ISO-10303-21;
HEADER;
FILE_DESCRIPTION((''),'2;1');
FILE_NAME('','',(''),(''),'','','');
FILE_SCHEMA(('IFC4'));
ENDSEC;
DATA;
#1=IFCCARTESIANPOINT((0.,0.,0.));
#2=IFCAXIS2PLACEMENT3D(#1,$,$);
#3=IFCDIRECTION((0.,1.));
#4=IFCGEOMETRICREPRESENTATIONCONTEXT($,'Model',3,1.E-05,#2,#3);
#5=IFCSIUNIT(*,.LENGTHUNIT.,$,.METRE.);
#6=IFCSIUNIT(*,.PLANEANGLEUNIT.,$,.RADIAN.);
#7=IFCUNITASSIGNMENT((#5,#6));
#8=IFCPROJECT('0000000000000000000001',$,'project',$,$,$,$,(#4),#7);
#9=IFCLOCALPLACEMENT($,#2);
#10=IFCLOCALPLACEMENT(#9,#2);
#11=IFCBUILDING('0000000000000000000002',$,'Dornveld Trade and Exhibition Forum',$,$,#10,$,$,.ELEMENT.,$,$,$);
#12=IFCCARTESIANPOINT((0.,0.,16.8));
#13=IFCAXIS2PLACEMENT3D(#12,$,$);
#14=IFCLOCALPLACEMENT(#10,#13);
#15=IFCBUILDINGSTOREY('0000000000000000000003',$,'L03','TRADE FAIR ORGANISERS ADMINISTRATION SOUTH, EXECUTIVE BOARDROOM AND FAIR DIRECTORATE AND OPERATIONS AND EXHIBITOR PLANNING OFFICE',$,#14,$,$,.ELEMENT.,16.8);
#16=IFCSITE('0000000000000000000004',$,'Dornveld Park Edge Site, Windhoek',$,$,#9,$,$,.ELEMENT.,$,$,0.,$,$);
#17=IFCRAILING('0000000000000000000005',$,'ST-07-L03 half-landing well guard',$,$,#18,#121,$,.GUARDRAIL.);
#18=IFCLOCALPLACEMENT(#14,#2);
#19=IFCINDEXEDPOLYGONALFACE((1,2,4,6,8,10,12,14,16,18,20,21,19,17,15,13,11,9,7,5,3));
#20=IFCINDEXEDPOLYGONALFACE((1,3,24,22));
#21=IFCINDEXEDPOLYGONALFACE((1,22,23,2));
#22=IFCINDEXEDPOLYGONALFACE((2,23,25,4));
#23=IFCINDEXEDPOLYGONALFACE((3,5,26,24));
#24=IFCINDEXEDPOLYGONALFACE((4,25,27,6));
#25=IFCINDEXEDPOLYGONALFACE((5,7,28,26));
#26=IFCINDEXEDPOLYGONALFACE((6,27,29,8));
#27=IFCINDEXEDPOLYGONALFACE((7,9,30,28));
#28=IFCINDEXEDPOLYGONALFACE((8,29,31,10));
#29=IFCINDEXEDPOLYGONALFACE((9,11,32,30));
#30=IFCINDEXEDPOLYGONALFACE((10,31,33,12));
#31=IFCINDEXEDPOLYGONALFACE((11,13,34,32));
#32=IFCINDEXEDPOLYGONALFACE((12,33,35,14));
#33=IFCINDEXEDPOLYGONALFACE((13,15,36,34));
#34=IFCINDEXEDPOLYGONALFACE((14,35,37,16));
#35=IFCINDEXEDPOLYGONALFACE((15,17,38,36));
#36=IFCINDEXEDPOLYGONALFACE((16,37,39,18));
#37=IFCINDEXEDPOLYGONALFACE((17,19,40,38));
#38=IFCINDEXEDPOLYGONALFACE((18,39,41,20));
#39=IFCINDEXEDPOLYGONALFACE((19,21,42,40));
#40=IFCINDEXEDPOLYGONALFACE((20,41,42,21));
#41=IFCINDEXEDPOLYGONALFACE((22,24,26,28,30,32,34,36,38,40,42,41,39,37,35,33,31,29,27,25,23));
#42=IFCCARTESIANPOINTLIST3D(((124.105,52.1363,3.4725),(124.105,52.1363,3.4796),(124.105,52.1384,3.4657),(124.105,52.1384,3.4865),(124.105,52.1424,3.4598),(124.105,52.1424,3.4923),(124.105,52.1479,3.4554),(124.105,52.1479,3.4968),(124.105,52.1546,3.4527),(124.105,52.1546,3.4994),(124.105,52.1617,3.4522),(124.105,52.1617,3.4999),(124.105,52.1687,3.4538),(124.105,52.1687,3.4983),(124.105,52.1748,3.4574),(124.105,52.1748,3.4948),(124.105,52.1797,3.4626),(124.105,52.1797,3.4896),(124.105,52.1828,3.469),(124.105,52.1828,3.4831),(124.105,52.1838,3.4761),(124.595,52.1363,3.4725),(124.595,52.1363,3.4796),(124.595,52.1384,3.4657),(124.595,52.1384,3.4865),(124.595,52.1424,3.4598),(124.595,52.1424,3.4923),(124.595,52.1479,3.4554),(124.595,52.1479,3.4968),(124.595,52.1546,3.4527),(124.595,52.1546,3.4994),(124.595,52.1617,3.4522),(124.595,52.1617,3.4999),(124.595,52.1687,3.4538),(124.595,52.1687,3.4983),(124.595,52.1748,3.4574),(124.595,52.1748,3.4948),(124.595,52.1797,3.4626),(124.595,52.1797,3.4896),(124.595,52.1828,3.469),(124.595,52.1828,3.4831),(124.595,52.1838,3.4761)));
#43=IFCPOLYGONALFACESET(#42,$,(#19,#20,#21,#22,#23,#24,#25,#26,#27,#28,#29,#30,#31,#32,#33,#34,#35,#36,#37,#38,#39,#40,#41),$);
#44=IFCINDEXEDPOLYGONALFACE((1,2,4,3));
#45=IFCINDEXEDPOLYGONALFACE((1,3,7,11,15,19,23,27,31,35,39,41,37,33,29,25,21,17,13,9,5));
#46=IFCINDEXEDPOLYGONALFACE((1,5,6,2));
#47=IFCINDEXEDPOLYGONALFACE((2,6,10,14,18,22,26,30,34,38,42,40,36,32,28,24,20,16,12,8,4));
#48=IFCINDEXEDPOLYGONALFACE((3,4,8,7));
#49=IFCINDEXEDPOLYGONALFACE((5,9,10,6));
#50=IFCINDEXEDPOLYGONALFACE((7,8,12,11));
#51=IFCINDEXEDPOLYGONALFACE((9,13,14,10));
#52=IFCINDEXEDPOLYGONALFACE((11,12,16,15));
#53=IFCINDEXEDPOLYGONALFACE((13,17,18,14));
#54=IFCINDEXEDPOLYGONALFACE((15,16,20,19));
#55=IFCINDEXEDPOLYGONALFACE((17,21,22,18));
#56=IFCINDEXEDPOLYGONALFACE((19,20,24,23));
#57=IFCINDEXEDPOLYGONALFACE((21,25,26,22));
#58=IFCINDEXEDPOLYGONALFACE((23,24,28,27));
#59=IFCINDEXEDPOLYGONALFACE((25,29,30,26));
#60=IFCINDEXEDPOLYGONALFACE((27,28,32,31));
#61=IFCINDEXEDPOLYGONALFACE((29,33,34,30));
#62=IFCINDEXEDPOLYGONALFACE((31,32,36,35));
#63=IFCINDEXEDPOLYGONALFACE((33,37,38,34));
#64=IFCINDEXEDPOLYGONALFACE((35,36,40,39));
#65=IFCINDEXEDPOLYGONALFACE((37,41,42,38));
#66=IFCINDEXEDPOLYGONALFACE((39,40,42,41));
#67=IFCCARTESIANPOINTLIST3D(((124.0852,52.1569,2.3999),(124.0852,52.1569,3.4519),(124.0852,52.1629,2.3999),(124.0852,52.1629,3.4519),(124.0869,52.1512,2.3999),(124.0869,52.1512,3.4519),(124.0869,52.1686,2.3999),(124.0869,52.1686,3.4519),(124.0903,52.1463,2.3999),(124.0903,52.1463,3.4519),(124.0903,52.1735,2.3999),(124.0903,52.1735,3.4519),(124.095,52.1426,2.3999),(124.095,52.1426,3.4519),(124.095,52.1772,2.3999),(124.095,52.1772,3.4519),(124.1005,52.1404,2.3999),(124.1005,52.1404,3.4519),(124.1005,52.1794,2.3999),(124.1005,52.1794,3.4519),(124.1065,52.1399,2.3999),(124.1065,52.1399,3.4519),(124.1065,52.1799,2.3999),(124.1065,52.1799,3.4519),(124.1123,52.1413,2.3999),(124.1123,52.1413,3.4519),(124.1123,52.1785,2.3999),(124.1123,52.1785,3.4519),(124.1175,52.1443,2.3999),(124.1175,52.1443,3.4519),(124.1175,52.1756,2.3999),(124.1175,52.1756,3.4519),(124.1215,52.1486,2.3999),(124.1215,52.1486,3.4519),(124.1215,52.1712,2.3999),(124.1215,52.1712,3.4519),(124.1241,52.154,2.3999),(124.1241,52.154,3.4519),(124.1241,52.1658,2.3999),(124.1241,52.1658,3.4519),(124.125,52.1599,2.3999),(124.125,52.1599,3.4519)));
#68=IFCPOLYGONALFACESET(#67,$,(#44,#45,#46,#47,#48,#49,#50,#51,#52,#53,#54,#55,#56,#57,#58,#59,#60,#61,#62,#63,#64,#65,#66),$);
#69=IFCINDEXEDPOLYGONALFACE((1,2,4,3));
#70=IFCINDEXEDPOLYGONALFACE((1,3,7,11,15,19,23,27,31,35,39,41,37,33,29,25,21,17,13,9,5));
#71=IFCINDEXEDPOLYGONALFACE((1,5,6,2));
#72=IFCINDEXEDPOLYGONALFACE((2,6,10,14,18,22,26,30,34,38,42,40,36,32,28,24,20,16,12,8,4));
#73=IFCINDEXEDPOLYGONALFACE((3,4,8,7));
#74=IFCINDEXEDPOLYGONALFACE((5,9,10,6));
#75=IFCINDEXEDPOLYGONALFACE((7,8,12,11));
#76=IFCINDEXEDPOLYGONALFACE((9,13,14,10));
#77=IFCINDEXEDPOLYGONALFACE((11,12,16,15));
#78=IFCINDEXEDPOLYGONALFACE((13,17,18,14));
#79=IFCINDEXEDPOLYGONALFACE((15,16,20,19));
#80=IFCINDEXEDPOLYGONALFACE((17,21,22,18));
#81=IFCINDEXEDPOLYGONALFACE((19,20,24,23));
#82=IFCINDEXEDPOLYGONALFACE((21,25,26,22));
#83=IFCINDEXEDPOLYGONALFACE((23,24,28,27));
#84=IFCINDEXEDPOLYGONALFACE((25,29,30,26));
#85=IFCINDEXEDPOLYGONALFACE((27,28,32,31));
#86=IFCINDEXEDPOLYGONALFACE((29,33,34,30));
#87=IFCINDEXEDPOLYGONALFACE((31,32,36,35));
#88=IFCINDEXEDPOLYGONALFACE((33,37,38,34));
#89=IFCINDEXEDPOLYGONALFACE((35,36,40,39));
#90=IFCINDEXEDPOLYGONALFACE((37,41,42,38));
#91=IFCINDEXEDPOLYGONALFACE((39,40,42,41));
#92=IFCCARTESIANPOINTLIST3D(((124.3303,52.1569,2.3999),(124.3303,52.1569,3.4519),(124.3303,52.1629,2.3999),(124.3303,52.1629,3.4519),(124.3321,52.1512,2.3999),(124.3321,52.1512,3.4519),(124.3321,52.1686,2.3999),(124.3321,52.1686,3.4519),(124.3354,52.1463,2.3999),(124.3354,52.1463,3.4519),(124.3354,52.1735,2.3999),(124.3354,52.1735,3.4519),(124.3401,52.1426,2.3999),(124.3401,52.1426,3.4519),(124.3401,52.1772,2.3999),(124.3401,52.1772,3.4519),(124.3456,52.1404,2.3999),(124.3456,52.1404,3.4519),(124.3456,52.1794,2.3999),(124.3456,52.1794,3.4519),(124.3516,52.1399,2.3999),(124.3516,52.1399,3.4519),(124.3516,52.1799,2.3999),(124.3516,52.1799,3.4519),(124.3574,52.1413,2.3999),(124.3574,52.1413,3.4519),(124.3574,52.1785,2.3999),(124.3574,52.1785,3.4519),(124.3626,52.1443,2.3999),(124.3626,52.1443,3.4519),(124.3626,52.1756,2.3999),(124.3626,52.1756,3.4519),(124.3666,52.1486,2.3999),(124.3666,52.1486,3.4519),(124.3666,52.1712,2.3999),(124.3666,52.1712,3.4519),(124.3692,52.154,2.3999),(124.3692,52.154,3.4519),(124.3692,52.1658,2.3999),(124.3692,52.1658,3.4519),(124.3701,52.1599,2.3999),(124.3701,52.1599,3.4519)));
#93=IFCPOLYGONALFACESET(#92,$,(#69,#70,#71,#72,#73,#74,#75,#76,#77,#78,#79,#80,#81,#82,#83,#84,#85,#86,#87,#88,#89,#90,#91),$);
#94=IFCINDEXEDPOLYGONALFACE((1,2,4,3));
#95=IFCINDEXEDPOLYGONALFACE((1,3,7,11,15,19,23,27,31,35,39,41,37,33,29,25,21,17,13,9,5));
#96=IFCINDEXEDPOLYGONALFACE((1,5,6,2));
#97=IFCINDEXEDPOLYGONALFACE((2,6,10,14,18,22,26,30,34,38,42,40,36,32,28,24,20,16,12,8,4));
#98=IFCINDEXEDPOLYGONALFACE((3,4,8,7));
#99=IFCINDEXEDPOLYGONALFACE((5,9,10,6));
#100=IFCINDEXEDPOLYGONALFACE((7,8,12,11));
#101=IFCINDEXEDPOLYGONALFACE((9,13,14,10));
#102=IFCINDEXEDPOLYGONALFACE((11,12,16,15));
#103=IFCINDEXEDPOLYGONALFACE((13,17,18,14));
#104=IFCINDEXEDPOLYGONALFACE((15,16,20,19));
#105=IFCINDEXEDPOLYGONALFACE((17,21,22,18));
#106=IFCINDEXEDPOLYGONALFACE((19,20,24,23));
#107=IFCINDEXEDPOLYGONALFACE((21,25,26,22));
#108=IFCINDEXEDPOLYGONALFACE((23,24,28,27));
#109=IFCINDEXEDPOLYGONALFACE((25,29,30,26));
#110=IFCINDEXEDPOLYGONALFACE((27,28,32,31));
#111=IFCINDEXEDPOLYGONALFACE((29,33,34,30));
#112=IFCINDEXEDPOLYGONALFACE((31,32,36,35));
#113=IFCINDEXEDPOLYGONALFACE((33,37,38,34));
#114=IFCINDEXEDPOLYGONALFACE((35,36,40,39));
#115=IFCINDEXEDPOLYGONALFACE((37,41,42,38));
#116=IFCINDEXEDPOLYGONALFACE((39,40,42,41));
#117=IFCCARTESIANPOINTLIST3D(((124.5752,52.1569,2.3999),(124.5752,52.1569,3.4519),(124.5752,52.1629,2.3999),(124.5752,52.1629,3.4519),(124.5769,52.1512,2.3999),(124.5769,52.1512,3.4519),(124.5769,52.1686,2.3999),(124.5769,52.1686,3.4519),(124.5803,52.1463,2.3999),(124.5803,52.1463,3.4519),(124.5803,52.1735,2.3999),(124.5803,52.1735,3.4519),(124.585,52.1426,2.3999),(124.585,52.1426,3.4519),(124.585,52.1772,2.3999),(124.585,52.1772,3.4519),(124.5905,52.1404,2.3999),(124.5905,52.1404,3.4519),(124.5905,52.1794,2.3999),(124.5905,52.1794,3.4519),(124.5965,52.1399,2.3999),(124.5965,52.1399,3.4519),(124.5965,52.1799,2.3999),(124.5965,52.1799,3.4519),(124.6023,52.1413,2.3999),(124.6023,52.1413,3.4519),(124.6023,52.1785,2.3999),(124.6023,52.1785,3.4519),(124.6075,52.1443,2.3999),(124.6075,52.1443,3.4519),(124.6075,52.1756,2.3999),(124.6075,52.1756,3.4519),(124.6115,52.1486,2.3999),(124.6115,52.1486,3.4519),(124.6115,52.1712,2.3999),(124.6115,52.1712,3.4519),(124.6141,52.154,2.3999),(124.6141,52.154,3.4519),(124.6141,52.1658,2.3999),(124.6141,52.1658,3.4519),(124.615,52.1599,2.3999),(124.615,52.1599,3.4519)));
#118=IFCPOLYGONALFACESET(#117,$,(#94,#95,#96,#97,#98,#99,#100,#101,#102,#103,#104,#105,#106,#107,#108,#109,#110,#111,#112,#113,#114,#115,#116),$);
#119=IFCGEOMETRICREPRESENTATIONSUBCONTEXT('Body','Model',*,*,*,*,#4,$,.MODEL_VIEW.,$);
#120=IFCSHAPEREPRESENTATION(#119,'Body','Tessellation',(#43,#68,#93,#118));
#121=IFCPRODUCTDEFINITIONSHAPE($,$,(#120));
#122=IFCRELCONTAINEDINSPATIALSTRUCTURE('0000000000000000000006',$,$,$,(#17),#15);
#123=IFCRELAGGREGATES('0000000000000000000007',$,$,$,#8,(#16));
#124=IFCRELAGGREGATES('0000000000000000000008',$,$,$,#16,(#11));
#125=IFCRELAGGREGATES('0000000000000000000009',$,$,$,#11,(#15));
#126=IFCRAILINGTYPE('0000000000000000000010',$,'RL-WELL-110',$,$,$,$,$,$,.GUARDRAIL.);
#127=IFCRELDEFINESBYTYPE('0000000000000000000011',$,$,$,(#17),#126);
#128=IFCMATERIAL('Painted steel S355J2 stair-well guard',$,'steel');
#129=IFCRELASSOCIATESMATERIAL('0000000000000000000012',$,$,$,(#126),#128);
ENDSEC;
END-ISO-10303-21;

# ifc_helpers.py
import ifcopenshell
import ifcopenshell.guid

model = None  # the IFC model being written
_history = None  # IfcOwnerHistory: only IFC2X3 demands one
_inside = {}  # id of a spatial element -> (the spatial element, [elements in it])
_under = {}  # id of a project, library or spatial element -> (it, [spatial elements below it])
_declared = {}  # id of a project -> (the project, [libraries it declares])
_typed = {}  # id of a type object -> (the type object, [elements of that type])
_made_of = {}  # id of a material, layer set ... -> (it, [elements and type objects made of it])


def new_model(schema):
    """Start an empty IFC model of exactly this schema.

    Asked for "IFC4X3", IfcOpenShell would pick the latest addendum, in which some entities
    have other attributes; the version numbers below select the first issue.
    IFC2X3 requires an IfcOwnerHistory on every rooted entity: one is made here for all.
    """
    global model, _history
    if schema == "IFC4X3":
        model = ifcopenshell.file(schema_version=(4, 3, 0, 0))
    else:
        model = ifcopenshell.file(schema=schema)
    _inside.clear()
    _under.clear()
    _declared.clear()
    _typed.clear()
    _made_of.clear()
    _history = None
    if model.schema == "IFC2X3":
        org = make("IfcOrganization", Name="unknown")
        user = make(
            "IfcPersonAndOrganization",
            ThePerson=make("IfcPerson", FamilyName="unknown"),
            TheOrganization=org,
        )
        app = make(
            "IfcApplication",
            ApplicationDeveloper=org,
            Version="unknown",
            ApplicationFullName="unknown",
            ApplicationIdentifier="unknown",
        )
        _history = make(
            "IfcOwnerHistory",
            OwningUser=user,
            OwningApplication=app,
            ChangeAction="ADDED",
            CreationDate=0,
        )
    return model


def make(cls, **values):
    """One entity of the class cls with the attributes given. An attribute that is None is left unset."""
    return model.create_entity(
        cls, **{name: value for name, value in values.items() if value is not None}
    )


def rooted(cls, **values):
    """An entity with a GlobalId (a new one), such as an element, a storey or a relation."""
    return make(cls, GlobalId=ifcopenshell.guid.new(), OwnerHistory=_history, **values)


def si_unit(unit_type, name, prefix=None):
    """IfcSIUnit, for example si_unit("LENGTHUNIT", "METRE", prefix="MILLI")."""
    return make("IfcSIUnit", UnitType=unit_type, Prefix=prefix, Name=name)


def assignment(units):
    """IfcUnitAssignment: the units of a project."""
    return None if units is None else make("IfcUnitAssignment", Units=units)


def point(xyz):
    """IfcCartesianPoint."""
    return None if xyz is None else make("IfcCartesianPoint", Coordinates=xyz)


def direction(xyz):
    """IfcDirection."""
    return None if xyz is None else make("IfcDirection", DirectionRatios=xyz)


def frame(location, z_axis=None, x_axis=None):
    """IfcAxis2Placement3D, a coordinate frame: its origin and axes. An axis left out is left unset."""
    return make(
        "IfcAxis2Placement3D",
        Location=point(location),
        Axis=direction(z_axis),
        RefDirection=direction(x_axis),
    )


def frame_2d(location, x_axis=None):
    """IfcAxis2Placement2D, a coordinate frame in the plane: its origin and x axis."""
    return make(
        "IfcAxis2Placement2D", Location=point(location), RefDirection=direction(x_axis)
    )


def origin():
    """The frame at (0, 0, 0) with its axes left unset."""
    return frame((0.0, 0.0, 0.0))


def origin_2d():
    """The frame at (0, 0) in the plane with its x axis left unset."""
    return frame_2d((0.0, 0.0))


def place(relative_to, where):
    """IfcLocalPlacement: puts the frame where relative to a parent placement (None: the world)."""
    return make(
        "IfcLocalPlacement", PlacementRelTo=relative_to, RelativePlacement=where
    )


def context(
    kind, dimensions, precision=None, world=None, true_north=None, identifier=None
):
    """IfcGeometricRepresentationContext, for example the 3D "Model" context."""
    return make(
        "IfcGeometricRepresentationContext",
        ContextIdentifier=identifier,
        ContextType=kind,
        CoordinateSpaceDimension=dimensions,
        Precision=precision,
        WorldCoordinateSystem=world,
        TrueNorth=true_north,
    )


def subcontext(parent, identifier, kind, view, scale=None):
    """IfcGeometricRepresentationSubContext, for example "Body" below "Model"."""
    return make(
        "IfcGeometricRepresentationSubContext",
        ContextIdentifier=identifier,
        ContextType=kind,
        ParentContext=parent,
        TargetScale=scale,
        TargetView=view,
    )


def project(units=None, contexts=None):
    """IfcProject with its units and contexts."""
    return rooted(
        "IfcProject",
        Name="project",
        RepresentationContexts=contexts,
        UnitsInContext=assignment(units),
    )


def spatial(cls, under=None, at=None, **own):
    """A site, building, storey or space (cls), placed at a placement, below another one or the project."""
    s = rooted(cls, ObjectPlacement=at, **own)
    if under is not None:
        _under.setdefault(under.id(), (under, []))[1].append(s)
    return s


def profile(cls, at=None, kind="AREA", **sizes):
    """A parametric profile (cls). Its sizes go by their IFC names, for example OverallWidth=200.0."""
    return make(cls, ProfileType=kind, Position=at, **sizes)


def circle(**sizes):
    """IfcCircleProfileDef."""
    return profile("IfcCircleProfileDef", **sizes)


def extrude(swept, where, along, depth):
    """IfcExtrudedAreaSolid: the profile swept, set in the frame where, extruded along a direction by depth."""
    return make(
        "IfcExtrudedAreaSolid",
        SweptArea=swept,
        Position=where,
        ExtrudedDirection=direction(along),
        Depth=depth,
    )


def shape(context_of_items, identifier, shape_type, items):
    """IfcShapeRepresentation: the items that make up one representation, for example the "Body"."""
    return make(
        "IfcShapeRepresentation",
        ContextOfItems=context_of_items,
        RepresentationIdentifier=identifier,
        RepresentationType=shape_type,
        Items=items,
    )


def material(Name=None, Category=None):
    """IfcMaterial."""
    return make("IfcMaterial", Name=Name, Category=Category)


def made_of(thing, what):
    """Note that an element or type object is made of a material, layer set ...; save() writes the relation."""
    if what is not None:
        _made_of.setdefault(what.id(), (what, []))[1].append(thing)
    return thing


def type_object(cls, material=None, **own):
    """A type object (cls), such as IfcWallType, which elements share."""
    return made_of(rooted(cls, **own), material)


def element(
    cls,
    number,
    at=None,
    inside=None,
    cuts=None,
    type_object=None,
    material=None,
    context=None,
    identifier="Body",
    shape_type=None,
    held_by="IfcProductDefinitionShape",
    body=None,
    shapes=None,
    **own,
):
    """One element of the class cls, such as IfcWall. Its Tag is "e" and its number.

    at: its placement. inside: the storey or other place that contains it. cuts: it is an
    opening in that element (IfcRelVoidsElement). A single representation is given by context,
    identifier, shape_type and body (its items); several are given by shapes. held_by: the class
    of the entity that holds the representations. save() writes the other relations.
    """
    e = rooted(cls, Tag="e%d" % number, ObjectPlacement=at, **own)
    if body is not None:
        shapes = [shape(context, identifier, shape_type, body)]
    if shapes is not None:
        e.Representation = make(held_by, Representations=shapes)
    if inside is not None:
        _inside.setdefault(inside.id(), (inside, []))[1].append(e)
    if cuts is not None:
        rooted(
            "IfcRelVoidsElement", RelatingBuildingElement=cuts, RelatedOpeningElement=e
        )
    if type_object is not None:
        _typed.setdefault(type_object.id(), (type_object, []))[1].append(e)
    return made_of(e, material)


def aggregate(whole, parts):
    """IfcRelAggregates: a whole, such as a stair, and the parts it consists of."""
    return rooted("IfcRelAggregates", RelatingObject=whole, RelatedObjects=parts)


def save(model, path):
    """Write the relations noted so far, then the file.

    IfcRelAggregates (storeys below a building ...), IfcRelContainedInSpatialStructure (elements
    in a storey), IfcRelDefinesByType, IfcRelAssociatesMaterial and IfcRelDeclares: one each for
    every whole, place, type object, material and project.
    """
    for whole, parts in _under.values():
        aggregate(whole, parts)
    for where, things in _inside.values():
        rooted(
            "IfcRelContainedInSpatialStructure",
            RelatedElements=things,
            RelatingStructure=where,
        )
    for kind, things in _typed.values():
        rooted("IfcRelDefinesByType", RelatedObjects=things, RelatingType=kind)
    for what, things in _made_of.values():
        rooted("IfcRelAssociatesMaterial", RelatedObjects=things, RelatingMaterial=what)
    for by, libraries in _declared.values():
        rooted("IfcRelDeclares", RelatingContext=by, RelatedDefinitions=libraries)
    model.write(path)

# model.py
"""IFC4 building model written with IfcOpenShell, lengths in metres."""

from ifc_helpers import new_model, si_unit, direction, frame, origin, origin_2d, place, context, subcontext, project, spatial, circle, extrude, material, type_object, element, save


model = new_model("IFC4")

# Units and contexts
model_context = context("Model", 3, precision=1e-05, world=origin(), true_north=direction((0.0, 1.0)))
body_context = subcontext(model_context, "Body", "Model", "MODEL_VIEW")
ifc_project = project(units=[si_unit("LENGTHUNIT", "METRE"), si_unit("PLANEANGLEUNIT", "RADIAN")], contexts=[model_context])

# Site, building, storey
site_placement = place(None, origin())
site = spatial("IfcSite", under=ifc_project, at=site_placement, Name="Dornveld Park Edge Site, Windhoek", CompositionType="ELEMENT", RefElevation=0.0)
building_placement = place(site_placement, origin())
building = spatial("IfcBuilding", under=site, at=building_placement, Name="Dornveld Trade and Exhibition Forum", CompositionType="ELEMENT")
storey_placement = place(building_placement, frame((0.0, 0.0, 16.8)))
storey = spatial("IfcBuildingStorey", under=building, at=storey_placement, Name="L03", Description="TRADE FAIR ORGANISERS ADMINISTRATION SOUTH, EXECUTIVE BOARDROOM AND FAIR DIRECTORATE AND OPERATIONS AND EXHIBITOR PLANNING OFFICE", CompositionType="ELEMENT", Elevation=16.8)

# Railing
ifc_material_1 = material(Name="Painted steel S355J2 stair-well guard", Category="steel")
railing_type_1 = type_object("IfcRailingType", Name="RL-WELL-110", PredefinedType="GUARDRAIL", material=ifc_material_1)
railing_1_placement = place(storey_placement, frame((124.105, 52.1599, 2.3999)))
element("IfcRailing", 1, at=railing_1_placement, inside=storey, type_object=railing_type_1, Name="ST-07-L03 half-landing well guard", PredefinedType="GUARDRAIL", context=body_context, shape_type="SweptSolid", body=[
    extrude(circle(Radius=0.0239, at=origin_2d()), frame((0.0, 0.0, 1.0762), z_axis=(1.0, 0.0, 0.0), x_axis=(0.0, 1.0, 0.0)), (0.0, 0.0, 1.0), 0.49),
    extrude(circle(Radius=0.02, at=origin_2d()), origin(), (0.0, 0.0, 1.0), 1.052),
    extrude(circle(Radius=0.02, at=origin_2d()), frame((0.2451, 0.0, 0.0)), (0.0, 0.0, 1.0), 1.052),
    extrude(circle(Radius=0.02, at=origin_2d()), frame((0.49, 0.0, 0.0)), (0.0, 0.0, 1.0), 1.052),
])

save(model, "model.ifc")
